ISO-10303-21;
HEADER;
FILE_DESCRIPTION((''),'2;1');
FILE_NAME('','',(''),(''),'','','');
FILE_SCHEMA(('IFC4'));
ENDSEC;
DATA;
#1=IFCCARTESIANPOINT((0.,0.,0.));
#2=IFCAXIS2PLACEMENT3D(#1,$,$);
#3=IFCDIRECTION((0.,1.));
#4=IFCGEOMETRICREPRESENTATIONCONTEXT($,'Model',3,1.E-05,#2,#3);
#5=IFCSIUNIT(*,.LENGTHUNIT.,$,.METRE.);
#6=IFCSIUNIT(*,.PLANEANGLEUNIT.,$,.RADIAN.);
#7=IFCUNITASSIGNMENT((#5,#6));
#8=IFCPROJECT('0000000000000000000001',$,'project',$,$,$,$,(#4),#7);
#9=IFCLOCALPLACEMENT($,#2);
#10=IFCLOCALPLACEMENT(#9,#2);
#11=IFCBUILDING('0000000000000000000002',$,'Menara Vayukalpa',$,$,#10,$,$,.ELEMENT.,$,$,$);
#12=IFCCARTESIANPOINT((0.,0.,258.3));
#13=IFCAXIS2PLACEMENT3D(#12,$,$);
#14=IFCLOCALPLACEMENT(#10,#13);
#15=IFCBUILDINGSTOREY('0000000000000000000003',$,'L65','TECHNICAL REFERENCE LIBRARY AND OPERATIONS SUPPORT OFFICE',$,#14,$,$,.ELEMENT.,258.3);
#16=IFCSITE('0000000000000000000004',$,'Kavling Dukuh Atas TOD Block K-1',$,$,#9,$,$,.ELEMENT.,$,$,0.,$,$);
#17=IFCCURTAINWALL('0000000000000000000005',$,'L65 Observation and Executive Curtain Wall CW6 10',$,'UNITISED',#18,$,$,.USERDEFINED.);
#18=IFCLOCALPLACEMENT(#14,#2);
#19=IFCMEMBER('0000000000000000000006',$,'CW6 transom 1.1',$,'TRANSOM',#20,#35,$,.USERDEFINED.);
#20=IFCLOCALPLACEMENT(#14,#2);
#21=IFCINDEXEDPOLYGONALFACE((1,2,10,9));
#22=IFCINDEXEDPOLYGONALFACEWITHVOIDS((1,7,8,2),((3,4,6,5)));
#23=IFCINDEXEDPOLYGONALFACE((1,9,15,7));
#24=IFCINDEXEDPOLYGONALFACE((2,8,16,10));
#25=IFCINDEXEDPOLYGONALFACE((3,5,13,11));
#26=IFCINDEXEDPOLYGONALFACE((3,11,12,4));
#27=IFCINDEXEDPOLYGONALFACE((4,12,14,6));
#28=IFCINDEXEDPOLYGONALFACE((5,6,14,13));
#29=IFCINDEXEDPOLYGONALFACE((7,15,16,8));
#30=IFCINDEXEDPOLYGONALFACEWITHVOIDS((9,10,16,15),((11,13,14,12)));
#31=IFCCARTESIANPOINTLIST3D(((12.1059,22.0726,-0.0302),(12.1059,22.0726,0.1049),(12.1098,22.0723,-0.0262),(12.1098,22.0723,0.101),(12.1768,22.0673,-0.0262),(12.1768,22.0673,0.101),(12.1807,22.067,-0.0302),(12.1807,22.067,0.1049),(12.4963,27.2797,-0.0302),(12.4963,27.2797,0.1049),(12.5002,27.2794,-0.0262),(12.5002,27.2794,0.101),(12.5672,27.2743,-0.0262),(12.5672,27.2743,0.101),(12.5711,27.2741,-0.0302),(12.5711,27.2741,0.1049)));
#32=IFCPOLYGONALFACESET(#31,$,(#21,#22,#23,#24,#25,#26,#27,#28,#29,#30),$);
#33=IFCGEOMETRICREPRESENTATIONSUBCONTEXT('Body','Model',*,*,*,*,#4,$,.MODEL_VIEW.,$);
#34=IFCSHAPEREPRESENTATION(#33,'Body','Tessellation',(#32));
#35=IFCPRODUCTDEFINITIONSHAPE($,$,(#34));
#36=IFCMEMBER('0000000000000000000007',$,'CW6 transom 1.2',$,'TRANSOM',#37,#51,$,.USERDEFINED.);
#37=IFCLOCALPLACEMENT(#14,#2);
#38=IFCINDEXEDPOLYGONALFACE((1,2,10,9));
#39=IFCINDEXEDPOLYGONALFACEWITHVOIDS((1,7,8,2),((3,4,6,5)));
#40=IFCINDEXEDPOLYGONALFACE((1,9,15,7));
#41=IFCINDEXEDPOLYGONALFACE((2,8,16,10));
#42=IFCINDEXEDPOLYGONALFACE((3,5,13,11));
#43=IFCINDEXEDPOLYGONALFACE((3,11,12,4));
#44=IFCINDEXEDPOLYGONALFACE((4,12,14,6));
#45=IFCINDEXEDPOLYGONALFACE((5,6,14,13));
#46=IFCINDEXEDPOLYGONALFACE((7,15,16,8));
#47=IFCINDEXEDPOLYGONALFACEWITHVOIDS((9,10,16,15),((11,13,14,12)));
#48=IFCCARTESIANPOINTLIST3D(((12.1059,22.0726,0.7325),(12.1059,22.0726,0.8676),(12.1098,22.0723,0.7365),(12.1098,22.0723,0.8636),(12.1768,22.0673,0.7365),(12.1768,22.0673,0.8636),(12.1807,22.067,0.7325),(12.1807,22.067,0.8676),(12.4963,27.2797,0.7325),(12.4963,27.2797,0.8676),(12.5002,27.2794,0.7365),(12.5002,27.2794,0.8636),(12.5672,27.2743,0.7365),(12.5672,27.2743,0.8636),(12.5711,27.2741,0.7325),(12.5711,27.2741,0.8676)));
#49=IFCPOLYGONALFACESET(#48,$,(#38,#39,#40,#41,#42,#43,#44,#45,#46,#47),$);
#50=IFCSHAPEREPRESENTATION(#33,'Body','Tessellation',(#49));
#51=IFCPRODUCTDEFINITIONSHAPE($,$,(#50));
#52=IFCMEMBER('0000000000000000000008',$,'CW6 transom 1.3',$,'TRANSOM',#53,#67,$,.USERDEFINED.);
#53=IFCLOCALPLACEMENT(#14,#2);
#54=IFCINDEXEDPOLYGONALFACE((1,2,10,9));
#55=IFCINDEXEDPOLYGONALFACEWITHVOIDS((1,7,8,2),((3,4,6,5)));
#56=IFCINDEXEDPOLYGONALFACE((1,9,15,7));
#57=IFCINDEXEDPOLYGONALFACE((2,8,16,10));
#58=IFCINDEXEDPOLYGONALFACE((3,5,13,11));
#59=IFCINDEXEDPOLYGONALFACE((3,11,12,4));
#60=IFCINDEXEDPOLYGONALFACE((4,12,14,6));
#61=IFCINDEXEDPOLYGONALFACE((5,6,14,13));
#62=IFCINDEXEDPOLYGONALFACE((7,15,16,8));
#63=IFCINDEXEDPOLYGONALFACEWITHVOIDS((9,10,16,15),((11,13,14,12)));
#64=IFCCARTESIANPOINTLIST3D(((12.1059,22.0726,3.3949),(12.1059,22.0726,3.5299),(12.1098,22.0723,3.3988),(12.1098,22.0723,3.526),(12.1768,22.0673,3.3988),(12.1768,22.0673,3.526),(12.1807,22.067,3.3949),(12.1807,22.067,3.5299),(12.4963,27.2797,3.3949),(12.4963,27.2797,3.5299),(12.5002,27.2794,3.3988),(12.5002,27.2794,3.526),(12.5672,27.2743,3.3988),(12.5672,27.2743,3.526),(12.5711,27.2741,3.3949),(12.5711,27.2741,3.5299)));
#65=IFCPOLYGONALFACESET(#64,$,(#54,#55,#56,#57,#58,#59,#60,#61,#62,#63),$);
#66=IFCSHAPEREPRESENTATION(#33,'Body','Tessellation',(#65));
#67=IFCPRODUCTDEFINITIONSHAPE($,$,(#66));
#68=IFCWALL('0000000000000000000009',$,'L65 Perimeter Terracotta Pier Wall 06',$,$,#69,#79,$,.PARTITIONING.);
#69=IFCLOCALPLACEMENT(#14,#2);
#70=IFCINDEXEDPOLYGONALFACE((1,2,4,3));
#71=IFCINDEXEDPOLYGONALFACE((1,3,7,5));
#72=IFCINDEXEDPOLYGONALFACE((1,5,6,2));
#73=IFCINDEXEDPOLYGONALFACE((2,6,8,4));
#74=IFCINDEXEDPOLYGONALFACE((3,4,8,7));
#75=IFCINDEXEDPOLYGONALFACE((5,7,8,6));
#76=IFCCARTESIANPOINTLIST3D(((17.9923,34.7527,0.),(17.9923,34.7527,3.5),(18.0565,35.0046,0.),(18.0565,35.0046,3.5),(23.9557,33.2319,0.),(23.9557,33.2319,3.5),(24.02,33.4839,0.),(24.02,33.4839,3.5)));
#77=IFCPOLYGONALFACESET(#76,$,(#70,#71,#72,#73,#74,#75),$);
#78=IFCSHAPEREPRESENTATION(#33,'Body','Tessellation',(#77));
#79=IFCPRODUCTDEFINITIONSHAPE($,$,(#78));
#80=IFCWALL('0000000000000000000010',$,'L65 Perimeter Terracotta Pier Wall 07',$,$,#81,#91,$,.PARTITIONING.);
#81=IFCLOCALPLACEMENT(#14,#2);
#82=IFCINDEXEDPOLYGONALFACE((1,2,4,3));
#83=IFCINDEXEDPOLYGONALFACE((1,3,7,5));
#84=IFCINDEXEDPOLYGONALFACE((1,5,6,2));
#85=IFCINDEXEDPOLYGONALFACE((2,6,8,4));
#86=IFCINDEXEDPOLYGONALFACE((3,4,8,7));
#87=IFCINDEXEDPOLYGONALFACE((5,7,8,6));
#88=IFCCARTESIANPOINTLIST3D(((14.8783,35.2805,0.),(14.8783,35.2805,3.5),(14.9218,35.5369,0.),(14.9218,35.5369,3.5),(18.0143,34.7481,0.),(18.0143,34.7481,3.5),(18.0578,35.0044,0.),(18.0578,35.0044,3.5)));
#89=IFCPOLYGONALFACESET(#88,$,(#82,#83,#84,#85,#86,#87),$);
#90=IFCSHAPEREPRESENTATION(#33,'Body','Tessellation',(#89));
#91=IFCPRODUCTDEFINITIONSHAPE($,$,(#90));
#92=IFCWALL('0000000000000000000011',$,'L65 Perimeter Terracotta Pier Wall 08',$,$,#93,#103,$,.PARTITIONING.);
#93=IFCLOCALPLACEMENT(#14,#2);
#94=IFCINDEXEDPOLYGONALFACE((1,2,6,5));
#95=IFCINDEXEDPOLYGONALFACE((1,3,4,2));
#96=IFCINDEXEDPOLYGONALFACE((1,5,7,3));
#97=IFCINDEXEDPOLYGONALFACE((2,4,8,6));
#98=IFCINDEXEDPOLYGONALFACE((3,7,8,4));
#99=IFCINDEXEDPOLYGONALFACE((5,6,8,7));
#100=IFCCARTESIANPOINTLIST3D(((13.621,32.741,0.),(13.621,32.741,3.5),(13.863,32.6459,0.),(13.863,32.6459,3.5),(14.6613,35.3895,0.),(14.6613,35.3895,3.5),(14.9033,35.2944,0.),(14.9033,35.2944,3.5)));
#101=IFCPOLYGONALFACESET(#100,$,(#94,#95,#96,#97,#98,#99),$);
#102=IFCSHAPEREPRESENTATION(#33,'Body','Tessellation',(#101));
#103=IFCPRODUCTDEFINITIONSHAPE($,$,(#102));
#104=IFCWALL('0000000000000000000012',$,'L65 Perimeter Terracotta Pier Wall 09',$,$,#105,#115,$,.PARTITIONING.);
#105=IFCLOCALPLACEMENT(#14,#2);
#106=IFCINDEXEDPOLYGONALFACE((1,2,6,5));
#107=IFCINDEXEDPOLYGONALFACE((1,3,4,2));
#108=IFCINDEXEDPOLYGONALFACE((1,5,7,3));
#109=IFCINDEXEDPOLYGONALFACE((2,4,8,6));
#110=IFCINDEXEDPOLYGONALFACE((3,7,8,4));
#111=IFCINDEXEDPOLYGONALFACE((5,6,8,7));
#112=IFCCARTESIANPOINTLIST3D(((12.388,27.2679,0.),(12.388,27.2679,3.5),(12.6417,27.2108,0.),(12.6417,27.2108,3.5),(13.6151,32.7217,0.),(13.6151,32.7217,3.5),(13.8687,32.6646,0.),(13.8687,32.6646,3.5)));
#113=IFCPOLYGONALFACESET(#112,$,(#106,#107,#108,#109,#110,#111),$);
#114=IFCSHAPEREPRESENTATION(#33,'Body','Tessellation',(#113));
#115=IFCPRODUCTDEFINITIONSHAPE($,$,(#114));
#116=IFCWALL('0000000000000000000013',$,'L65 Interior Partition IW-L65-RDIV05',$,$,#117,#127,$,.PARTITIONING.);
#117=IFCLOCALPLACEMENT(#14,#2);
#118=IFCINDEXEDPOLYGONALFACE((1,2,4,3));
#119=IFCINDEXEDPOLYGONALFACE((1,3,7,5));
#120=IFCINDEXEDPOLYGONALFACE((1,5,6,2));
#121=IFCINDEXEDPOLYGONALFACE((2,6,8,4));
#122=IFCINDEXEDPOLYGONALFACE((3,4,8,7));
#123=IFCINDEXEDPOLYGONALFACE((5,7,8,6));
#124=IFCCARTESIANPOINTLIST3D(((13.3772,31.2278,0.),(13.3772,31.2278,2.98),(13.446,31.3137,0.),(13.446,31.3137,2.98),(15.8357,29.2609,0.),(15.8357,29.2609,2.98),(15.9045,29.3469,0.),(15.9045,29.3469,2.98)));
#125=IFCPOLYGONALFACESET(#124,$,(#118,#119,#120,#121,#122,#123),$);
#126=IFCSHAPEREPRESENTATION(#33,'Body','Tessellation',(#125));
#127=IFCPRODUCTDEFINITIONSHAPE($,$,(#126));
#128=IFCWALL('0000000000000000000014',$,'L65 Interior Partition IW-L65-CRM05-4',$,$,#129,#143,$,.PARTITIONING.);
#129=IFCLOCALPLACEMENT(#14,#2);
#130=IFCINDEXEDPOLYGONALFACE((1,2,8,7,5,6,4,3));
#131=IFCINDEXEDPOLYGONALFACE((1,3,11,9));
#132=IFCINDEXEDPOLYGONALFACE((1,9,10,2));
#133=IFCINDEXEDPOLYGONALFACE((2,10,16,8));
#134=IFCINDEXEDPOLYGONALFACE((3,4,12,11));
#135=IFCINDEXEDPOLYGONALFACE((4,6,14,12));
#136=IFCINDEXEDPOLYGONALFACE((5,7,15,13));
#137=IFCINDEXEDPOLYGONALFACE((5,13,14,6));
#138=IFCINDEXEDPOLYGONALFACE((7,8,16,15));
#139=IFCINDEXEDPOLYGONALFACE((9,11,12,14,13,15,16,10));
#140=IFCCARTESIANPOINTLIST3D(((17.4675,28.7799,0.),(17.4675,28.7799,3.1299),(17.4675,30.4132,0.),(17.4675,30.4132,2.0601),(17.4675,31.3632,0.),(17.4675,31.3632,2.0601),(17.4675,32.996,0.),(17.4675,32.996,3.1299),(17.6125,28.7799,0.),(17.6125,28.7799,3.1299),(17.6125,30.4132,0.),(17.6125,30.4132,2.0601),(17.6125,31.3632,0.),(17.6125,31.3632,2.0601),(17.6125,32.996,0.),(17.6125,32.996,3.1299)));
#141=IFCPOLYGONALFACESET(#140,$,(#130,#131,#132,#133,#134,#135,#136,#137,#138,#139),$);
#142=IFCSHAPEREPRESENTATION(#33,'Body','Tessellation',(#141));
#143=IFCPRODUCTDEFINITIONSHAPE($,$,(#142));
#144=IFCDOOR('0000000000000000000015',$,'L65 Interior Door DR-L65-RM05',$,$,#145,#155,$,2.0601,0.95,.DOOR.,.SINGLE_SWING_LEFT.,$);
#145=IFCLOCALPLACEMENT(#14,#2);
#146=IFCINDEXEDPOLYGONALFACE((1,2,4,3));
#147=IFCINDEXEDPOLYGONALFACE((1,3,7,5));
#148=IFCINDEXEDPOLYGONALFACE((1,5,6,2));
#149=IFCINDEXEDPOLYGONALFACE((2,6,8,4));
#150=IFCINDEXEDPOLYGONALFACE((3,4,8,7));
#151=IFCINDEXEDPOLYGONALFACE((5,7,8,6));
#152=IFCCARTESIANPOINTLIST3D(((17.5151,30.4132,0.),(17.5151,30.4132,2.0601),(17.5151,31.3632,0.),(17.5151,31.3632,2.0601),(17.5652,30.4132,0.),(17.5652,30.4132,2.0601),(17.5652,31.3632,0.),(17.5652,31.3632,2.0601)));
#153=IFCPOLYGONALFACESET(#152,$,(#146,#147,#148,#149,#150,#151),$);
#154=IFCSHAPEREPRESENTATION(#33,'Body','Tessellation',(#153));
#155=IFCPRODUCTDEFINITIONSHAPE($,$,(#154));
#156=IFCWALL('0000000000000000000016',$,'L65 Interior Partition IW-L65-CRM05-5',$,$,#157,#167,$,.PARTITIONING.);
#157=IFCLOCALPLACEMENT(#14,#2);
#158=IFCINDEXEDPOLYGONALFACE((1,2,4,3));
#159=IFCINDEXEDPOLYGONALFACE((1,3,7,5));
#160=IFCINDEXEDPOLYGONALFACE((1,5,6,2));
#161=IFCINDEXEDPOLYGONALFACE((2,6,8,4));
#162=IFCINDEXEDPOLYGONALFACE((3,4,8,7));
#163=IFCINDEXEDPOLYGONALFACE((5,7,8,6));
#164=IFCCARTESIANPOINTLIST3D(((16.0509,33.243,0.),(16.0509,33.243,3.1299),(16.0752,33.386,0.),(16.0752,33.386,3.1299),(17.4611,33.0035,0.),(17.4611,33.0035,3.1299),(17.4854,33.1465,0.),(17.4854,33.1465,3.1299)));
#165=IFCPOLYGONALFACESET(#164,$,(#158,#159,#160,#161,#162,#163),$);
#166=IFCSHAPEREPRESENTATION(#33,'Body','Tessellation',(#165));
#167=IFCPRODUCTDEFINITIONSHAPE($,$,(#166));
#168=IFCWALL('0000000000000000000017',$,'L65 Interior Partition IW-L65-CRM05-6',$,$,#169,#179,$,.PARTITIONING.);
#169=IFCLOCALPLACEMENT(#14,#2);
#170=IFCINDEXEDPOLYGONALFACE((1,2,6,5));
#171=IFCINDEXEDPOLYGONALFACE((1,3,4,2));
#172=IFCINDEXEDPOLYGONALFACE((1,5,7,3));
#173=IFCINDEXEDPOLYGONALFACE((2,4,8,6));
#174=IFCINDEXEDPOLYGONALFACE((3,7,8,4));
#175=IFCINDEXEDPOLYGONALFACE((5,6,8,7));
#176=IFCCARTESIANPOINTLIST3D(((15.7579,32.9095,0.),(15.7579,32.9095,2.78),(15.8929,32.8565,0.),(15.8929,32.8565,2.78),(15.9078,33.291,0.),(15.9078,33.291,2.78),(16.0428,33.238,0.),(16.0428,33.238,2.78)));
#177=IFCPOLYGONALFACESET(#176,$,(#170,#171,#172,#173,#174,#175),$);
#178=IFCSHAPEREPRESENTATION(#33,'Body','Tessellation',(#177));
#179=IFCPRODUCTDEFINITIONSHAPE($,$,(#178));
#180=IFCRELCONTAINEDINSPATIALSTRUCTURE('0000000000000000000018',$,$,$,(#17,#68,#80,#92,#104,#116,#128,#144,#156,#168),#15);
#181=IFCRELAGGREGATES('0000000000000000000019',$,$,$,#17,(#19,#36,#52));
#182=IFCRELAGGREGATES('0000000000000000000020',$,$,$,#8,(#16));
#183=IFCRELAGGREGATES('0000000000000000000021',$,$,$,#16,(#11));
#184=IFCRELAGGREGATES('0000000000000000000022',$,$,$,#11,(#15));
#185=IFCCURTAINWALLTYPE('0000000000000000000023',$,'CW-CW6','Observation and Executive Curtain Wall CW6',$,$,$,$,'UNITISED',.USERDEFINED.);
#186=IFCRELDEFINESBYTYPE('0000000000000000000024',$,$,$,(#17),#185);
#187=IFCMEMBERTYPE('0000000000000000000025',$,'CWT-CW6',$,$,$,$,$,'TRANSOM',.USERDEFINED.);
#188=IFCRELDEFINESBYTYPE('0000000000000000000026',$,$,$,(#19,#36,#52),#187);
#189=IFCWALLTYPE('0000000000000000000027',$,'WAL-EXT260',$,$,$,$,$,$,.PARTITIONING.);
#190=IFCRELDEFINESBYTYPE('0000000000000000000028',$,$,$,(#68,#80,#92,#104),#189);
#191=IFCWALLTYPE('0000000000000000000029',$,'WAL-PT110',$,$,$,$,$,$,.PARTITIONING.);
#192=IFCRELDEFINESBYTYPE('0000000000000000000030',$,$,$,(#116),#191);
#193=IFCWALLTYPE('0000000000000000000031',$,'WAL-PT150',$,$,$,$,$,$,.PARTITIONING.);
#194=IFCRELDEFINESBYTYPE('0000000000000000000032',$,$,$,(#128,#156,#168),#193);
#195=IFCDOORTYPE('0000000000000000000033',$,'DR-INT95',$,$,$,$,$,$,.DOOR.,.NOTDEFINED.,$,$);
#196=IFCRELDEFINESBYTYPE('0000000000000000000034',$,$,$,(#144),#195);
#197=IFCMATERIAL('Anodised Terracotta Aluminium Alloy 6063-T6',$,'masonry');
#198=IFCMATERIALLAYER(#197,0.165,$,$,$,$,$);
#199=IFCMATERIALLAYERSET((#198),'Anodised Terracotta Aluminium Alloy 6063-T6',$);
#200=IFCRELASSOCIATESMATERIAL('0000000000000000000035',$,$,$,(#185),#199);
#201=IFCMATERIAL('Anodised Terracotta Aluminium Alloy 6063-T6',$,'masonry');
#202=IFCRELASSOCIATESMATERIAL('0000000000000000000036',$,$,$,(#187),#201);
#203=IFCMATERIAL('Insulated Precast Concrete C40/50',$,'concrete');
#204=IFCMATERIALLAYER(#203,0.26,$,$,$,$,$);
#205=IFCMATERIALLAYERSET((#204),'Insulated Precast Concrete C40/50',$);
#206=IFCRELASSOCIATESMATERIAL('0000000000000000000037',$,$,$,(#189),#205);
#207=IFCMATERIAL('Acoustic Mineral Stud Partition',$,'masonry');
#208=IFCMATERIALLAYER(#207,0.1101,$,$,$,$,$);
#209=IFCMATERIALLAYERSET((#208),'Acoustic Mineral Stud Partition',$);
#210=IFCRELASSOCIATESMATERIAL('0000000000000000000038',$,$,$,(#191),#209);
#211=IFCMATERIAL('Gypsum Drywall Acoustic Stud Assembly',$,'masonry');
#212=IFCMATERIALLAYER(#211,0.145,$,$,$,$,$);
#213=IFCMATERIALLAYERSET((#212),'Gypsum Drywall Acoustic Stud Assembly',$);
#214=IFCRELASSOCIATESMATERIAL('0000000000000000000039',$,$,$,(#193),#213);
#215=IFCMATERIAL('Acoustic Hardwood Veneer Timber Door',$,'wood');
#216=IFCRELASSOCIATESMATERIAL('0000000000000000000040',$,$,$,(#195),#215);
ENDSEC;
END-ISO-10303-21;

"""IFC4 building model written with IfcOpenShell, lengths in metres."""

from ifc_helpers import new_model, si_unit, direction, frame, frame_2d, origin, origin_2d, place, context, subcontext, project, spatial, rectangle, hollow_rectangle, extrude, material, layer, layer_set, material_profile, profile_set, type_object, element, fill, aggregate, save


model = new_model("IFC4")

# Units and contexts
model_context = context("Model", 3, precision=1e-05, world=origin(), true_north=direction((0.0, 1.0)))
body_context = subcontext(model_context, "Body", "Model", "MODEL_VIEW")
ifc_project = project(units=[si_unit("LENGTHUNIT", "METRE"), si_unit("PLANEANGLEUNIT", "RADIAN")], contexts=[model_context])

# Site, building, storey
site_placement = place(None, origin())
site = spatial("IfcSite", under=ifc_project, at=site_placement, Name="Kavling Dukuh Atas TOD Block K-1", CompositionType="ELEMENT", RefElevation=0.0)
building_placement = place(site_placement, origin())
building = spatial("IfcBuilding", under=site, at=building_placement, Name="Menara Vayukalpa", CompositionType="ELEMENT")
storey_placement = place(building_placement, frame((0.0, 0.0, 258.3)))
storey = spatial("IfcBuildingStorey", under=building, at=storey_placement, Name="L65", Description="TECHNICAL REFERENCE LIBRARY AND OPERATIONS SUPPORT OFFICE", CompositionType="ELEMENT", Elevation=258.3)

# Curtain wall, members
ifc_material_1 = material(Name="Anodised Terracotta Aluminium Alloy 6063-T6", Category="masonry")
ifc_layer_1 = layer(ifc_material_1, 0.165)
ifc_layer_set_1 = layer_set([ifc_layer_1], Name="Anodised Terracotta Aluminium Alloy 6063-T6")
curtain_wall_type = type_object("IfcCurtainWallType", Name="CW-CW6", Description="Observation and Executive Curtain Wall CW6", ElementType="UNITISED", PredefinedType="USERDEFINED", material=ifc_layer_set_1)
curtain_wall_placement = place(storey_placement, origin())
curtain_wall = element("IfcCurtainWall", 1, at=curtain_wall_placement, inside=storey, type_object=curtain_wall_type, Name="L65 Observation and Executive Curtain Wall CW6 10", ObjectType="UNITISED", PredefinedType="USERDEFINED")
ifc_material_2 = material(Name="Anodised Terracotta Aluminium Alloy 6063-T6", Category="masonry")
ifc_material_profile_1 = material_profile(ifc_material_2, hollow_rectangle(XDim=0.075, YDim=0.135, WallThickness=0.0039, at=origin_2d()), Name="ALU 75x135x4")
ifc_profile_set_1 = profile_set([ifc_material_profile_1], Name="Anodised Terracotta Aluminium Alloy 6063-T6")
member_type_1 = type_object("IfcMemberType", Name="CWT-CW6", ElementType="TRANSOM", PredefinedType="USERDEFINED", material=ifc_profile_set_1)
member_1_placement = place(storey_placement, frame((12.5337, 27.2769, 0.0374), z_axis=(-0.074762, -0.997201, 0.0), x_axis=(0.997201, -0.074762, 0.0)))
member_1 = element("IfcMember", 2, at=member_1_placement, type_object=member_type_1, Name="CW6 transom 1.1", ObjectType="TRANSOM", PredefinedType="USERDEFINED", context=body_context, shape_type="SweptSolid", body=[
    extrude(hollow_rectangle(XDim=0.075, YDim=0.135, WallThickness=0.0039, at=origin_2d()), origin(), (0.0, 0.0, 1.0), 5.2217),
])
member_2_placement = place(storey_placement, frame((12.5337, 27.2769, 0.8), z_axis=(-0.074762, -0.997201, 0.0), x_axis=(0.997201, -0.074762, 0.0)))
member_2 = element("IfcMember", 3, at=member_2_placement, type_object=member_type_1, Name="CW6 transom 1.2", ObjectType="TRANSOM", PredefinedType="USERDEFINED", context=body_context, shape_type="SweptSolid", body=[
    extrude(hollow_rectangle(XDim=0.075, YDim=0.135, WallThickness=0.0039, at=origin_2d()), origin(), (0.0, 0.0, 1.0), 5.2217),
])
member_3_placement = place(storey_placement, frame((12.5337, 27.2769, 3.4624), z_axis=(-0.074762, -0.997201, 0.0), x_axis=(0.997201, -0.074762, 0.0)))
member_3 = element("IfcMember", 4, at=member_3_placement, type_object=member_type_1, Name="CW6 transom 1.3", ObjectType="TRANSOM", PredefinedType="USERDEFINED", context=body_context, shape_type="SweptSolid", body=[
    extrude(hollow_rectangle(XDim=0.075, YDim=0.135, WallThickness=0.0039, at=origin_2d()), origin(), (0.0, 0.0, 1.0), 5.2217),
])
aggregate(curtain_wall, [member_1, member_2, member_3])

# Walls
ifc_material_3 = material(Name="Insulated Precast Concrete C40/50", Category="concrete")
ifc_layer_2 = layer(ifc_material_3, 0.26)
ifc_layer_set_2 = layer_set([ifc_layer_2], Name="Insulated Precast Concrete C40/50")
wall_type_1 = type_object("IfcWallType", Name="WAL-EXT260", PredefinedType="PARTITIONING", material=ifc_layer_set_2)
wall_1_placement = place(storey_placement, frame((18.0244, 34.8787, 0.0), z_axis=(0.0, 0.0, 1.0), x_axis=(0.968988, -0.247107, 0.0)))
element("IfcWall", 5, at=wall_1_placement, inside=storey, type_object=wall_type_1, Name="L65 Perimeter Terracotta Pier Wall 06", PredefinedType="PARTITIONING", context=body_context, shape_type="SweptSolid", body=[
    extrude(rectangle(XDim=6.1543, YDim=0.26, at=frame_2d((3.0771, 0.0))), origin(), (0.0, 0.0, 1.0), 3.5),
])
wall_2_placement = place(storey_placement, frame((14.9001, 35.4087, 0.0), z_axis=(0.0, 0.0, 1.0), x_axis=(0.985889, -0.167398, 0.0)))
element("IfcWall", 6, at=wall_2_placement, inside=storey, type_object=wall_type_1, Name="L65 Perimeter Terracotta Pier Wall 07", PredefinedType="PARTITIONING", context=body_context, shape_type="SweptSolid", body=[
    extrude(rectangle(XDim=3.1809, YDim=0.26, at=frame_2d((1.5903, 0.0))), origin(), (0.0, 0.0, 1.0), 3.5),
])
wall_3_placement = place(storey_placement, frame((13.7419, 32.6934, 0.0), z_axis=(0.0, 0.0, 1.0), x_axis=(0.365599, 0.930772, 0.0)))
element("IfcWall", 7, at=wall_3_placement, inside=storey, type_object=wall_type_1, Name="L65 Perimeter Terracotta Pier Wall 08", PredefinedType="PARTITIONING", context=body_context, shape_type="SweptSolid", body=[
    extrude(rectangle(XDim=2.8455, YDim=0.26, at=frame_2d((1.4229, 0.0))), origin(), (0.0, 0.0, 1.0), 3.5),
])
wall_4_placement = place(storey_placement, frame((12.5149, 27.2395, 0.0), z_axis=(0.0, 0.0, 1.0), x_axis=(0.219501, 0.975612, 0.0)))
element("IfcWall", 8, at=wall_4_placement, inside=storey, type_object=wall_type_1, Name="L65 Perimeter Terracotta Pier Wall 09", PredefinedType="PARTITIONING", context=body_context, shape_type="SweptSolid", body=[
    extrude(rectangle(XDim=5.5901, YDim=0.26, at=frame_2d((2.7949, 0.0))), origin(), (0.0, 0.0, 1.0), 3.5),
])
ifc_material_4 = material(Name="Acoustic Mineral Stud Partition", Category="masonry")
ifc_layer_3 = layer(ifc_material_4, 0.1101)
ifc_layer_set_3 = layer_set([ifc_layer_3], Name="Acoustic Mineral Stud Partition")
wall_type_2 = type_object("IfcWallType", Name="WAL-PT110", PredefinedType="PARTITIONING", material=ifc_layer_set_3)
wall_5_placement = place(storey_placement, frame((13.4116, 31.2708, 0.0), z_axis=(0.0, 0.0, 1.0), x_axis=(0.780869, -0.624695, 0.0)))
element("IfcWall", 9, at=wall_5_placement, inside=storey, type_object=wall_type_2, Name="L65 Interior Partition IW-L65-RDIV05", PredefinedType="PARTITIONING", context=body_context, shape_type="SweptSolid", body=[
    extrude(rectangle(XDim=3.1484, YDim=0.1101, at=frame_2d((1.5742, 0.0))), origin(), (0.0, 0.0, 1.0), 2.98),
])

# Wall, opening, door
ifc_material_5 = material(Name="Gypsum Drywall Acoustic Stud Assembly", Category="masonry")
ifc_layer_4 = layer(ifc_material_5, 0.145)
ifc_layer_set_4 = layer_set([ifc_layer_4], Name="Gypsum Drywall Acoustic Stud Assembly")
wall_type_3 = type_object("IfcWallType", Name="WAL-PT150", PredefinedType="PARTITIONING", material=ifc_layer_set_4)
wall_6_placement = place(storey_placement, frame((17.54, 28.78, 0.0), z_axis=(0.0, 0.0, 1.0), x_axis=(0.0, 1.0, 0.0)))
wall_6 = element("IfcWall", 10, at=wall_6_placement, inside=storey, type_object=wall_type_3, Name="L65 Interior Partition IW-L65-CRM05-4", PredefinedType="PARTITIONING", context=body_context, shape_type="SweptSolid", body=[
    extrude(rectangle(XDim=4.2161, YDim=0.145, at=frame_2d((2.1079, 0.0))), origin(), (0.0, 0.0, 1.0), 3.1299),
])
opening_1_placement = place(wall_6_placement, frame((1.6331, 0.0, 0.0)))
opening_1 = element("IfcOpeningElement", 11, at=opening_1_placement, cuts=wall_6, PredefinedType="OPENING", context=body_context, shape_type="SweptSolid", body=[
    extrude(rectangle(XDim=0.95, YDim=2.0601, at=frame_2d((0.4751, 1.03))), frame((0.0, 0.0825, 0.0), z_axis=(0.0, -1.0, 0.0), x_axis=(1.0, 0.0, 0.0)), (0.0, 0.0, 1.0), 0.165),
])
ifc_material_6 = material(Name="Acoustic Hardwood Veneer Timber Door", Category="wood")
door_type_1 = type_object("IfcDoorType", Name="DR-INT95", OperationType="NOTDEFINED", PredefinedType="DOOR", material=ifc_material_6)
door_1_placement = place(opening_1_placement, origin())
door_1 = element("IfcDoor", 12, at=door_1_placement, inside=storey, type_object=door_type_1, Name="L65 Interior Door DR-L65-RM05", OperationType="SINGLE_SWING_LEFT", OverallHeight=2.0601, OverallWidth=0.95, PredefinedType="DOOR", context=body_context, shape_type="SweptSolid", body=[
    extrude(rectangle(XDim=0.95, YDim=2.0601, at=frame_2d((0.4751, 1.03))), frame((0.0, 0.0249, 0.0), z_axis=(0.0, -1.0, 0.0), x_axis=(1.0, 0.0, 0.0)), (0.0, 0.0, 1.0), 0.05),
])
fill(opening_1, door_1)

# Walls
wall_7_placement = place(storey_placement, frame((17.4734, 33.075, 0.0), z_axis=(0.0, 0.0, 1.0), x_axis=(-0.985882, 0.167443, 0.0)))
element("IfcWall", 13, at=wall_7_placement, inside=storey, type_object=wall_type_3, Name="L65 Interior Partition IW-L65-CRM05-5", PredefinedType="PARTITIONING", context=body_context, shape_type="SweptSolid", body=[
    extrude(rectangle(XDim=1.4304, YDim=0.145, at=frame_2d((0.7153, 0.0))), origin(), (0.0, 0.0, 1.0), 3.1299),
])
wall_8_placement = place(storey_placement, frame((15.9753, 33.2646, 0.0), z_axis=(0.0, 0.0, 1.0), x_axis=(-0.365634, -0.930759, 0.0)))
element("IfcWall", 14, at=wall_8_placement, inside=storey, type_object=wall_type_3, Name="L65 Interior Partition IW-L65-CRM05-6", PredefinedType="PARTITIONING", context=body_context, shape_type="SweptSolid", body=[
    extrude(rectangle(XDim=0.4099, YDim=0.145, at=frame_2d((0.2051, 0.0))), origin(), (0.0, 0.0, 1.0), 2.78),
])

save(model, "model.ifc")
